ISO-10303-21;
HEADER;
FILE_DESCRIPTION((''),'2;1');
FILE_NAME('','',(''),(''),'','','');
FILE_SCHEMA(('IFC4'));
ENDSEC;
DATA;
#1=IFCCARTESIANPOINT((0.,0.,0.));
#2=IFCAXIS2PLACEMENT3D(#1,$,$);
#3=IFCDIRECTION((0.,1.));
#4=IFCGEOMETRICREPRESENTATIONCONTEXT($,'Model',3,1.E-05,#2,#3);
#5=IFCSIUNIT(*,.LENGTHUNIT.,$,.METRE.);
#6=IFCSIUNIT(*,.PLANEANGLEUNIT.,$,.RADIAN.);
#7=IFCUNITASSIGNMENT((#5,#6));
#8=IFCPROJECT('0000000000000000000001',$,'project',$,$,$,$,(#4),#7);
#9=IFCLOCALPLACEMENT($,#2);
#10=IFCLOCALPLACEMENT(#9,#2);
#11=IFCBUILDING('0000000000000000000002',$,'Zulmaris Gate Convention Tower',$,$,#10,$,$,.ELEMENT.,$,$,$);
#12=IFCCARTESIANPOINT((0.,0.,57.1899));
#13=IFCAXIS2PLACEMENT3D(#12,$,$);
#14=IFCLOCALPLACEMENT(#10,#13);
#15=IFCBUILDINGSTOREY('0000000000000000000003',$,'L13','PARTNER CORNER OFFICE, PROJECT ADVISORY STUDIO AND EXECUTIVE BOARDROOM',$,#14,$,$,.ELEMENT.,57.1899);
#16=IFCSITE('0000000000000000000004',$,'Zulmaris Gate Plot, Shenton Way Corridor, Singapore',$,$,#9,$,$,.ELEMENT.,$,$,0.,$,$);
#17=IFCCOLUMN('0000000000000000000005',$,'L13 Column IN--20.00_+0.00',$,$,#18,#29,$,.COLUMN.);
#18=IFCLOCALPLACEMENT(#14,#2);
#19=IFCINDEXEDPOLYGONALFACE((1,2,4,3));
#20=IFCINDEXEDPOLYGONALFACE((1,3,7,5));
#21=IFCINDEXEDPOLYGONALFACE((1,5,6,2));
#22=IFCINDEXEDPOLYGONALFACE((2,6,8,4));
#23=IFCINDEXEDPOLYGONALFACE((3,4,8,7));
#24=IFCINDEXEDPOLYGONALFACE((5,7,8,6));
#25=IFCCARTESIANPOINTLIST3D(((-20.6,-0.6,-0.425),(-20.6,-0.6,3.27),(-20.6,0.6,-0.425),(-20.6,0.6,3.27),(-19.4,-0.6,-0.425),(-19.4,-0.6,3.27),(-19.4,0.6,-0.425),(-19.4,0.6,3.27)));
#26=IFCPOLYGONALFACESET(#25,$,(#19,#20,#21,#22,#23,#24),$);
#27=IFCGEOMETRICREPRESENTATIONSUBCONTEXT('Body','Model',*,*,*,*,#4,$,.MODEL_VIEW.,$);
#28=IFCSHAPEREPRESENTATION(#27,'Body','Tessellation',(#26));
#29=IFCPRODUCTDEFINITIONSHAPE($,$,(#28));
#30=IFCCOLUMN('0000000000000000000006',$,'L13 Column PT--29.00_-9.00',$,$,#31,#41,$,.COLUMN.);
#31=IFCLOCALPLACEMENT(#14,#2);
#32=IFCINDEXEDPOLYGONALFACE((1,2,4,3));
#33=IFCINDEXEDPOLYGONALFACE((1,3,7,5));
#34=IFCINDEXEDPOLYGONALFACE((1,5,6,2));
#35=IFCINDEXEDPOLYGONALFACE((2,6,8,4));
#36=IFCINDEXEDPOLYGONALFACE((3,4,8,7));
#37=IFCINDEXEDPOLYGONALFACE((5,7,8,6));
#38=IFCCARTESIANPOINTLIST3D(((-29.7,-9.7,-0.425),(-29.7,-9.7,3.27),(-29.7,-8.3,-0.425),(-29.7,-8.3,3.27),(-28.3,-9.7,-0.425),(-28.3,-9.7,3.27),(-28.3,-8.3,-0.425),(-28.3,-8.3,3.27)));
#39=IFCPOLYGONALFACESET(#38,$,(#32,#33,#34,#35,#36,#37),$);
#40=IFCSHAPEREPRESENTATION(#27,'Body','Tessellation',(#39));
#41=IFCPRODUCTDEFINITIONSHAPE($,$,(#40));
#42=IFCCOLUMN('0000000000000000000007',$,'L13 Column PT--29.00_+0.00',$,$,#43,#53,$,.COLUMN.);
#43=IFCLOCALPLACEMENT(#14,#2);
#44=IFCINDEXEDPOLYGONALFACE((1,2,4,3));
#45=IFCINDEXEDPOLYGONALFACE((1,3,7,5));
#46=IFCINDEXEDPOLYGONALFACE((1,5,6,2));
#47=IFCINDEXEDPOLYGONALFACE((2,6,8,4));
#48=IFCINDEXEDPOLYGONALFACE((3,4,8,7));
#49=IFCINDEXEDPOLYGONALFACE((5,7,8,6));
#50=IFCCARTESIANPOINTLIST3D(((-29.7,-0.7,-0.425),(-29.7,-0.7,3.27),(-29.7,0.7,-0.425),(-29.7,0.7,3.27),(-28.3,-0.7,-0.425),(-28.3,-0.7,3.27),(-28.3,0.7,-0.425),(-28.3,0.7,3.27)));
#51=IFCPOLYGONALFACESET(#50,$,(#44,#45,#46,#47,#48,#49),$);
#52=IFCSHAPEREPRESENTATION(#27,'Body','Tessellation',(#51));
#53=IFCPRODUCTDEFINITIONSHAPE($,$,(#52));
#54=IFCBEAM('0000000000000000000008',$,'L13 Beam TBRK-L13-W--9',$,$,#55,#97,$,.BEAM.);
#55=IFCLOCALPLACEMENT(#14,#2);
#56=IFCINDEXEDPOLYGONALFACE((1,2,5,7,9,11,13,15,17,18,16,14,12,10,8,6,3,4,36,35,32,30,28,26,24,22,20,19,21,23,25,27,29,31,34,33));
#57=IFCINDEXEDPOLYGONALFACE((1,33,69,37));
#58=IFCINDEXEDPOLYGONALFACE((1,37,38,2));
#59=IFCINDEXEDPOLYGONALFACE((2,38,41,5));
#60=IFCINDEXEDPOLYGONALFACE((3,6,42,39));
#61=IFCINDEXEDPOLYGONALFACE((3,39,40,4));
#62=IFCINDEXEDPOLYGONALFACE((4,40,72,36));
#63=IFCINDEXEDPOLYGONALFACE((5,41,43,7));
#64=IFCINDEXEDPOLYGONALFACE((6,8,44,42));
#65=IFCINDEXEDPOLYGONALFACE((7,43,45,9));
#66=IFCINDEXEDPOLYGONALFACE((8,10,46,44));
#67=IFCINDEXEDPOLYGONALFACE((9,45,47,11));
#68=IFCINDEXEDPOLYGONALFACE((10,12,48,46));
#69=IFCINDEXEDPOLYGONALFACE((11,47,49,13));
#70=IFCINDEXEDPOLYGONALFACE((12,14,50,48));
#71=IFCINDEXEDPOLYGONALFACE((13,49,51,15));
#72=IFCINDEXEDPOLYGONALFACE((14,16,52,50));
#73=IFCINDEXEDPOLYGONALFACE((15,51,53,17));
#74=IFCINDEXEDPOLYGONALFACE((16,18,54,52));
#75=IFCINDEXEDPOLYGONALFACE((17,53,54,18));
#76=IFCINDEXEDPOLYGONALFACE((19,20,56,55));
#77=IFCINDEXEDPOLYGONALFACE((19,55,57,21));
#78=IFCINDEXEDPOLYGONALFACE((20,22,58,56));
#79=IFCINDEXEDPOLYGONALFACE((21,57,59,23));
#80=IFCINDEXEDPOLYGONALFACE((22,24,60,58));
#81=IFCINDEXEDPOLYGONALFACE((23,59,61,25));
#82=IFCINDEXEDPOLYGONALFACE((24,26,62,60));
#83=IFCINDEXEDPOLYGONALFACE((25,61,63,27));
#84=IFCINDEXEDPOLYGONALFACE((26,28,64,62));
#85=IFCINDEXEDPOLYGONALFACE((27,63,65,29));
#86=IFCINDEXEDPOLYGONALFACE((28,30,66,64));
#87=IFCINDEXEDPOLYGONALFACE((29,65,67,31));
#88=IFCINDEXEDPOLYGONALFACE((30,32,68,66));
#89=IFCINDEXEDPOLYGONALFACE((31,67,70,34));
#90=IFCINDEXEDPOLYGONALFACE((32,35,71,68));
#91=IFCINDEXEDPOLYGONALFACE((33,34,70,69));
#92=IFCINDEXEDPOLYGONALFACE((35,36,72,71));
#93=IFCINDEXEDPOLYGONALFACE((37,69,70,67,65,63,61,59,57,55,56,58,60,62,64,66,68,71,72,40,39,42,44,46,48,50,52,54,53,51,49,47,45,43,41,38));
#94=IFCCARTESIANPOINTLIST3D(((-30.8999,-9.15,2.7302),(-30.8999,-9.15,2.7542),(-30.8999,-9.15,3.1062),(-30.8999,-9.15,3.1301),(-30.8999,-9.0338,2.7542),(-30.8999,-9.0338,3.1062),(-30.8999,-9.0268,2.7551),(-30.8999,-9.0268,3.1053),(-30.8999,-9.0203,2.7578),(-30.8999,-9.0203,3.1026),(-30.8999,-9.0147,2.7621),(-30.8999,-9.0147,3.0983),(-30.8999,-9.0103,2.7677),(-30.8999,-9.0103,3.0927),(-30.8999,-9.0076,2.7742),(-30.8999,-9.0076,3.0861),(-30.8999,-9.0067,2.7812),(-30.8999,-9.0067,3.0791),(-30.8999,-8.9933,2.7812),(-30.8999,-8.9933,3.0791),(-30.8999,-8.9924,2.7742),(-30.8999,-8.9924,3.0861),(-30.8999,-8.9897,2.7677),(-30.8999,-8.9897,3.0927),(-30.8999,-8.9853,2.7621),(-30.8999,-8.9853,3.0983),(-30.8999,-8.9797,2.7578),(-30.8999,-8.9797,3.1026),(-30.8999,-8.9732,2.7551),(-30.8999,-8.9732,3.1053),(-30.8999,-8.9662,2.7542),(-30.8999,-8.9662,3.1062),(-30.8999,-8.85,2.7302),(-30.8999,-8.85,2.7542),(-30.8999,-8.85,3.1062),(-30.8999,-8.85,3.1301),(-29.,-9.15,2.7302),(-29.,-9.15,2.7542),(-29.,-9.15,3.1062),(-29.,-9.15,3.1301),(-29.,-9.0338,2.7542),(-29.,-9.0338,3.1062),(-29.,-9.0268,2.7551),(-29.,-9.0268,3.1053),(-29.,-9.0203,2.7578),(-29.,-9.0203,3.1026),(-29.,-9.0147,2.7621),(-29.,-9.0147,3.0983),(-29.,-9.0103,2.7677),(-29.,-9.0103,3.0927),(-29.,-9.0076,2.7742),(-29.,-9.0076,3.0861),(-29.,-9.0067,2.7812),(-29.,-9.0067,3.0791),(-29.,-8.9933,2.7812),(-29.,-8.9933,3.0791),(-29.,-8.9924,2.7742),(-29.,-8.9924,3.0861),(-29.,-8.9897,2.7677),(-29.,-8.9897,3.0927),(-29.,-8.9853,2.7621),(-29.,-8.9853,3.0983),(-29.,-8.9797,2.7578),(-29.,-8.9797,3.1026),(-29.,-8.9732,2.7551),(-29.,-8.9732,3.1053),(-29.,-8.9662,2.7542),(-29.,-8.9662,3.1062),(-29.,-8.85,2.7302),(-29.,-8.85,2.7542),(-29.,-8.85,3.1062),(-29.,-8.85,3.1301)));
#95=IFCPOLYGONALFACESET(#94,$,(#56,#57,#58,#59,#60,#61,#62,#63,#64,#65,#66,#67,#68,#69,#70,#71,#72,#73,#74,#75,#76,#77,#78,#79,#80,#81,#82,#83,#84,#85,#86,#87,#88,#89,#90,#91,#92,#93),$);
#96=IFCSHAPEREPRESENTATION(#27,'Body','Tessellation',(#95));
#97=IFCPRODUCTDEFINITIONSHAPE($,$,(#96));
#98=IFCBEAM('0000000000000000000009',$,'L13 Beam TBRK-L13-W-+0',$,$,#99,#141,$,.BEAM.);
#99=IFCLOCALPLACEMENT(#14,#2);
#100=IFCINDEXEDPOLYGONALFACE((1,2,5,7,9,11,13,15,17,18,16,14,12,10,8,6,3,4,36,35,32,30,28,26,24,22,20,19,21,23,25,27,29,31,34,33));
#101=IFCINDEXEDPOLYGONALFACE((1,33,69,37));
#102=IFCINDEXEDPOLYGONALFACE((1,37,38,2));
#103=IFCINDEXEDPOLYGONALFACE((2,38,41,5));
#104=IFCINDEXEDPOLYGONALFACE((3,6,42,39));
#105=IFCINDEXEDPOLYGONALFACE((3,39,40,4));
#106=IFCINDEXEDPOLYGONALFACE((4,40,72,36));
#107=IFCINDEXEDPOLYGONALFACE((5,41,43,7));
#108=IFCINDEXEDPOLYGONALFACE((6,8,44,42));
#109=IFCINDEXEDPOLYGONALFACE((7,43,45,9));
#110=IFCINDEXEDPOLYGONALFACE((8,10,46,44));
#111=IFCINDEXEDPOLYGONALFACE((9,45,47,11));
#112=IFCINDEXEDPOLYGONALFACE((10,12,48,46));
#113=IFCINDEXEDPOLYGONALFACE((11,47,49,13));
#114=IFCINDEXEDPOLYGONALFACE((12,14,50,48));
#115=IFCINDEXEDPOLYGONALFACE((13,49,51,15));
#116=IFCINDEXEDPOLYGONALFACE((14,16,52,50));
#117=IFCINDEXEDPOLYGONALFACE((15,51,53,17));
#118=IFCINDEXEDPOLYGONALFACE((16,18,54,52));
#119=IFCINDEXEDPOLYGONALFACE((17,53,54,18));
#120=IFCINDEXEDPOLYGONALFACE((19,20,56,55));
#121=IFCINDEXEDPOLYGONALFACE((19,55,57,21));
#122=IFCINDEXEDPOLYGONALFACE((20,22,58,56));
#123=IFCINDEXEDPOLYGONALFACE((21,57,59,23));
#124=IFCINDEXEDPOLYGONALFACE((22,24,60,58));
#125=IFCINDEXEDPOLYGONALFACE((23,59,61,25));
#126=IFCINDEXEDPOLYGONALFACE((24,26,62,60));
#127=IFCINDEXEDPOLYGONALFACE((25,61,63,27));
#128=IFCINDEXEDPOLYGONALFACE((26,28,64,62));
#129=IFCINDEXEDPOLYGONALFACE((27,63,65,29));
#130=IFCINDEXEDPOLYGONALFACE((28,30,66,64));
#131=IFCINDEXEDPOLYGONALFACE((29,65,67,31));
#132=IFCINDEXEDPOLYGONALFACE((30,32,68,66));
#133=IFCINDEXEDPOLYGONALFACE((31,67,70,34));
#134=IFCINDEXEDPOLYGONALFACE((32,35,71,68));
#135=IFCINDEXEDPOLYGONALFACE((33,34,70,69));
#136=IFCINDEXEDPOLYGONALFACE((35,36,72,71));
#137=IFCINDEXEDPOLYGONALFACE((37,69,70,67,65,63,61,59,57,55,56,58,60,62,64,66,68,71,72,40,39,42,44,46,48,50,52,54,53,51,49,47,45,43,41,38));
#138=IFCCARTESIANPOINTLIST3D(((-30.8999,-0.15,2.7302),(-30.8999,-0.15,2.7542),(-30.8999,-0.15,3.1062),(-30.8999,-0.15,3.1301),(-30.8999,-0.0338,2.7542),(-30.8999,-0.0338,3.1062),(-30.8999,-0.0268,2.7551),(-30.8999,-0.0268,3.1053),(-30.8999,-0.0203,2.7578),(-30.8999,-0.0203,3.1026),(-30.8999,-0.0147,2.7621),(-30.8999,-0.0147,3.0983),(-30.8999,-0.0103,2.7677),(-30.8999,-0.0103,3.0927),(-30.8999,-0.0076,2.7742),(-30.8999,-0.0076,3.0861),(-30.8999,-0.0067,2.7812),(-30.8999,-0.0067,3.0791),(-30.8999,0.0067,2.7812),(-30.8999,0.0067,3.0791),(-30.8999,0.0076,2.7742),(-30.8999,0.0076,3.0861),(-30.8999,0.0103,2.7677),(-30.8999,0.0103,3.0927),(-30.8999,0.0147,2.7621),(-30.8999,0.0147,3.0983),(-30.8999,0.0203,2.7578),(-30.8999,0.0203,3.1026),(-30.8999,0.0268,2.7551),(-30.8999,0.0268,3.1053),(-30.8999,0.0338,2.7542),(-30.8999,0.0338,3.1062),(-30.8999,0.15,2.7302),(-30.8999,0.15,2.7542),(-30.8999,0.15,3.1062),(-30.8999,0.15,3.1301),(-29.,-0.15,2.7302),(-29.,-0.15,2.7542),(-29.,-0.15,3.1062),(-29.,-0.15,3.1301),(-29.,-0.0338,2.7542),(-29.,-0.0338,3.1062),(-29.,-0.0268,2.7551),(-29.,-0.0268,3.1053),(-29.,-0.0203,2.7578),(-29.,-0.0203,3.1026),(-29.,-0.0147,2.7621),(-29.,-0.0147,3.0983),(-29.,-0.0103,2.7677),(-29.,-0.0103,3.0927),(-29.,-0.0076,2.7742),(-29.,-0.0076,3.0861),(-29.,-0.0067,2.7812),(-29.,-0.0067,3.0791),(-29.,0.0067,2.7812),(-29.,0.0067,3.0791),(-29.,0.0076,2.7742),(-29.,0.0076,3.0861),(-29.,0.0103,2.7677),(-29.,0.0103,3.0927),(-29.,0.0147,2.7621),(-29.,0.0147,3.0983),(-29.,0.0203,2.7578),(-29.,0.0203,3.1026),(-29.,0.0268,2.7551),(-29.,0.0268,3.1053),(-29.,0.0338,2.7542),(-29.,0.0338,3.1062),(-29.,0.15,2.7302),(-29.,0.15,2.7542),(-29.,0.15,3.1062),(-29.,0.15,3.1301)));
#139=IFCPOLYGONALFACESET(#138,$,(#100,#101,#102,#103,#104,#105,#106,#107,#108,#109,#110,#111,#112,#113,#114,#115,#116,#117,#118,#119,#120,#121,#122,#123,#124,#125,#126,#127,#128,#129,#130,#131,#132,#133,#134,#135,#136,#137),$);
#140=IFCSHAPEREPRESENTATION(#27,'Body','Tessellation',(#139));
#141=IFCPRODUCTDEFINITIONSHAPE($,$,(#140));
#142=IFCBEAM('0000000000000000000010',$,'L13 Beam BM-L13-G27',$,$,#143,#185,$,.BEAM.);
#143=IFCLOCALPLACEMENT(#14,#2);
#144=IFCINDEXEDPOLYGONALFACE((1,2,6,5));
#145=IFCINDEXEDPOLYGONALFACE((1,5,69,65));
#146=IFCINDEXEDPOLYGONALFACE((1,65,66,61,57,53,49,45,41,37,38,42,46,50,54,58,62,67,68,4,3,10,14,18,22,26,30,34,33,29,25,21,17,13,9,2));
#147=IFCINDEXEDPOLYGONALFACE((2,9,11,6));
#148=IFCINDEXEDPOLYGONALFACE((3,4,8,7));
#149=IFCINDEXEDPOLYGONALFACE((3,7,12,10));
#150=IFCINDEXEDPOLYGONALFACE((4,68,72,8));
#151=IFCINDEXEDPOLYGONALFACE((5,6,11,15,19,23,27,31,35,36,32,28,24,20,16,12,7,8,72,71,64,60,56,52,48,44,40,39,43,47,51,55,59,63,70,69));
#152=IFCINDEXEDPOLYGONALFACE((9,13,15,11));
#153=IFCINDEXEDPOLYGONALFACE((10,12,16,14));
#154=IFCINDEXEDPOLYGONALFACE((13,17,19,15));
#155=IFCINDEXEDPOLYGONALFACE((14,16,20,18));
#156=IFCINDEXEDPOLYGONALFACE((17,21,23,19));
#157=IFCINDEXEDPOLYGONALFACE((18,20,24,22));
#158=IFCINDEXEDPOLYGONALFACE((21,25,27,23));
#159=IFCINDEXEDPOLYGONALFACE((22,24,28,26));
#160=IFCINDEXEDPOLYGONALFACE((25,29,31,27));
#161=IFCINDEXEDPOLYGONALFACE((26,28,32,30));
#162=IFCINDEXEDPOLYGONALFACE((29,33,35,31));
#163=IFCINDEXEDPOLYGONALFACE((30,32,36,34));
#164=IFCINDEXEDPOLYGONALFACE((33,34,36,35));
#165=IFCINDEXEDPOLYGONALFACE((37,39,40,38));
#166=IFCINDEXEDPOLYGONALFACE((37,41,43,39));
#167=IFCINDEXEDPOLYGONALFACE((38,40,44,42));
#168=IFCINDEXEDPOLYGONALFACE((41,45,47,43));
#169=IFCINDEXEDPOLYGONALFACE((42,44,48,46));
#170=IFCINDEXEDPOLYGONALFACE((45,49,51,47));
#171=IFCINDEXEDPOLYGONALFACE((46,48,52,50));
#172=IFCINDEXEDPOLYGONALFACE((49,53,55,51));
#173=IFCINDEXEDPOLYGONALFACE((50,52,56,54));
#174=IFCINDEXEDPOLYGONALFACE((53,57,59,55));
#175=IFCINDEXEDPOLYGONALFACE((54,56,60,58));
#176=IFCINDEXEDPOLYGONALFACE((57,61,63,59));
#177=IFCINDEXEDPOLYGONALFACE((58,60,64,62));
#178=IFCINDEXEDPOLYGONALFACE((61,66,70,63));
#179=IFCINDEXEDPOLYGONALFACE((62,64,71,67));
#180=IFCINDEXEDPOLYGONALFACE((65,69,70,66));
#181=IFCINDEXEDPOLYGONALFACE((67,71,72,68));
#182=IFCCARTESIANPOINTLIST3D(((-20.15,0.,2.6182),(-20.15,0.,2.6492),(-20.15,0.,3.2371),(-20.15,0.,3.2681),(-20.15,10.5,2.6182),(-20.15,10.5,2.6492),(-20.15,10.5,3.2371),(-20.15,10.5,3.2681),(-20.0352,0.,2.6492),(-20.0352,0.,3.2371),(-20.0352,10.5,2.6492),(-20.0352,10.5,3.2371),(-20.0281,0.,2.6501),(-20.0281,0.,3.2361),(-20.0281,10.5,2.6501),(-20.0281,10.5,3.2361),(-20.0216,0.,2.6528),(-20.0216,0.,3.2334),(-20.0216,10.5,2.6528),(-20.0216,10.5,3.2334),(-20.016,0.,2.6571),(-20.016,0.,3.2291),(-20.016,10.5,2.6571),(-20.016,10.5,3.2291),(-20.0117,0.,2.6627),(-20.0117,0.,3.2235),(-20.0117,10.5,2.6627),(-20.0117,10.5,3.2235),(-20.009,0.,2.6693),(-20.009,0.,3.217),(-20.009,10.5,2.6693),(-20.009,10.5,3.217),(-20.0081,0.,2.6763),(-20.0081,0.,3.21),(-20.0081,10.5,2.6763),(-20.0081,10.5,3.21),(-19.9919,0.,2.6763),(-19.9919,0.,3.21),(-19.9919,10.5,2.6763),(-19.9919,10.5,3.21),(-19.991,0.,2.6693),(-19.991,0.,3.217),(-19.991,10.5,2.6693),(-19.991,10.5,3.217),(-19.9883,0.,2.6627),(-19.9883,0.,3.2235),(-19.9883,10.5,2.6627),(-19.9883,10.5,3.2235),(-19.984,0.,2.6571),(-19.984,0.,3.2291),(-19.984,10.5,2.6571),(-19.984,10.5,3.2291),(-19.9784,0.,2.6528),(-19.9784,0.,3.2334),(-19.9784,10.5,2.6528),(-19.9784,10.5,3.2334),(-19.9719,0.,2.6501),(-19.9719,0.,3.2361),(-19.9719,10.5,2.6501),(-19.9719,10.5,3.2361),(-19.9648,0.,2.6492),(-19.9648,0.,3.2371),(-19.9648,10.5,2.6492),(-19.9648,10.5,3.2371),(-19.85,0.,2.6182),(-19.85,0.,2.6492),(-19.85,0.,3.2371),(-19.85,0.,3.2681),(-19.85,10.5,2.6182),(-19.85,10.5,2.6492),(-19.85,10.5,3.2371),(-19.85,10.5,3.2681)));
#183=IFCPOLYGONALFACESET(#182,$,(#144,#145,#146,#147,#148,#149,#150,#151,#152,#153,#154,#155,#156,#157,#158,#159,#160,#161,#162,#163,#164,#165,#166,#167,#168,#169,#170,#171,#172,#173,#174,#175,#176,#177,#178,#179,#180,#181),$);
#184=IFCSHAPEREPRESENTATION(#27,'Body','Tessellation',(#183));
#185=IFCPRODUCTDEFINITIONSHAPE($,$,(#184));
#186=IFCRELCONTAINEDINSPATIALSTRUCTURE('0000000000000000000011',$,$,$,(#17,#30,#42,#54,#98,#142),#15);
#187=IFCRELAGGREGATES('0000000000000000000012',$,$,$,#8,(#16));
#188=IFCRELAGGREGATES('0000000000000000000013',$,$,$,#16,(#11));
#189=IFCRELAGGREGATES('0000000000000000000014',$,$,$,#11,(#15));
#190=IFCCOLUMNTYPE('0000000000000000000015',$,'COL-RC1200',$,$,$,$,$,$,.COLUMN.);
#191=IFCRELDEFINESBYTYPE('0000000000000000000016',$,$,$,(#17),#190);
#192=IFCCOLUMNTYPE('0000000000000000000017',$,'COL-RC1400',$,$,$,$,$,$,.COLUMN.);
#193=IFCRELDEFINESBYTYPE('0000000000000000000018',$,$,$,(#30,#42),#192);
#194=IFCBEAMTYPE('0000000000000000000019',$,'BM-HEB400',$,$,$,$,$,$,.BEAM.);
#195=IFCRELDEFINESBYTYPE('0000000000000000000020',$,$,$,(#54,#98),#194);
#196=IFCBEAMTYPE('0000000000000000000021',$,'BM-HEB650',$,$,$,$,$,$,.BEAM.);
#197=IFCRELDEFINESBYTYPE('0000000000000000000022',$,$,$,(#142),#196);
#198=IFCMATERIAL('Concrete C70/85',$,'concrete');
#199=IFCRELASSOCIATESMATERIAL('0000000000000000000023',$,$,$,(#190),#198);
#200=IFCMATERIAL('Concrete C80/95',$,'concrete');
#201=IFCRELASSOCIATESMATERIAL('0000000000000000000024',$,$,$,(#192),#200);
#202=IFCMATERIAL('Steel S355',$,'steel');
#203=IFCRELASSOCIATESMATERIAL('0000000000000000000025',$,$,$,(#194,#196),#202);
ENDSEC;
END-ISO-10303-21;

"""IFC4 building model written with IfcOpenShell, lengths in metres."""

from ifc_helpers import new_model, si_unit, direction, frame, origin, origin_2d, place, context, subcontext, project, spatial, rectangle, i_section, extrude, material, material_profile, profile_set, type_object, element, save


model = new_model("IFC4")

# Units and contexts
model_context = context("Model", 3, precision=1e-05, world=origin(), true_north=direction((0.0, 1.0)))
body_context = subcontext(model_context, "Body", "Model", "MODEL_VIEW")
ifc_project = project(units=[si_unit("LENGTHUNIT", "METRE"), si_unit("PLANEANGLEUNIT", "RADIAN")], contexts=[model_context])

# Site, building, storey
site_placement = place(None, origin())
site = spatial("IfcSite", under=ifc_project, at=site_placement, Name="Zulmaris Gate Plot, Shenton Way Corridor, Singapore", CompositionType="ELEMENT", RefElevation=0.0)
building_placement = place(site_placement, origin())
building = spatial("IfcBuilding", under=site, at=building_placement, Name="Zulmaris Gate Convention Tower", CompositionType="ELEMENT")
storey_placement = place(building_placement, frame((0.0, 0.0, 57.1899)))
storey = spatial("IfcBuildingStorey", under=building, at=storey_placement, Name="L13", Description="PARTNER CORNER OFFICE, PROJECT ADVISORY STUDIO AND EXECUTIVE BOARDROOM", CompositionType="ELEMENT", Elevation=57.1899)

# Columns
ifc_material_1 = material(Name="Concrete C70/85", Category="concrete")
ifc_material_profile_1 = material_profile(ifc_material_1, rectangle(XDim=1.2, YDim=1.2, at=origin_2d()), Name="RC COL 1200x1200")
ifc_profile_set_1 = profile_set([ifc_material_profile_1], Name="Concrete C70/85")
column_type_1 = type_object("IfcColumnType", Name="COL-RC1200", PredefinedType="COLUMN", material=ifc_profile_set_1)
column_placement = place(storey_placement, frame((-20.0, 0.0, -0.425), z_axis=(0.0, 0.0, 1.0), x_axis=(1.0, 0.0, 0.0)))
element("IfcColumn", 1, at=column_placement, inside=storey, type_object=column_type_1, Name="L13 Column IN--20.00_+0.00", PredefinedType="COLUMN", context=body_context, shape_type="SweptSolid", body=[
    extrude(rectangle(XDim=1.2, YDim=1.2, at=origin_2d()), origin(), (0.0, 0.0, 1.0), 3.6951),
])
ifc_material_2 = material(Name="Concrete C80/95", Category="concrete")
ifc_material_profile_2 = material_profile(ifc_material_2, rectangle(XDim=1.3999, YDim=1.3999, at=origin_2d()), Name="RC COL 1400x1400")
ifc_profile_set_2 = profile_set([ifc_material_profile_2], Name="Concrete C80/95")
column_type_2 = type_object("IfcColumnType", Name="COL-RC1400", PredefinedType="COLUMN", material=ifc_profile_set_2)
for number, where, z_axis, x_axis, name in (
    (2, (-29.0, -9.0, -0.425), (0.0, 0.0, 1.0), (1.0, 0.0, 0.0), "L13 Column PT--29.00_-9.00"),
    (3, (-29.0, 0.0, -0.425), (0.0, 0.0, 1.0), (1.0, 0.0, 0.0), "L13 Column PT--29.00_+0.00"),
):
    element("IfcColumn", number, at=place(storey_placement, frame(where, z_axis=z_axis, x_axis=x_axis)), inside=storey, type_object=column_type_2, Name=name, PredefinedType="COLUMN", context=body_context, shape_type="SweptSolid", body=[
        extrude(rectangle(XDim=1.3999, YDim=1.3999, at=origin_2d()), origin(), (0.0, 0.0, 1.0), 3.6951),
    ])

# Beams
ifc_material_3 = material(Name="Steel S355", Category="steel")
ifc_material_profile_3 = material_profile(ifc_material_3, i_section(OverallWidth=0.3, OverallDepth=0.3999, WebThickness=0.0134, FlangeThickness=0.0239, FilletRadius=0.0271, at=origin_2d()), Name="HEB 400")
ifc_profile_set_3 = profile_set([ifc_material_profile_3], Name="Steel S355")
beam_type_1 = type_object("IfcBeamType", Name="BM-HEB400", PredefinedType="BEAM", material=ifc_profile_set_3)
for number, where, z_axis, x_axis, name in (
    (4, (-30.8999, -9.0, 2.9302), (1.0, 0.0, 0.0), (0.0, 1.0, 0.0), "L13 Beam TBRK-L13-W--9"),
    (5, (-30.8999, 0.0, 2.9302), (1.0, 0.0, 0.0), (0.0, 1.0, 0.0), "L13 Beam TBRK-L13-W-+0"),
):
    element("IfcBeam", number, at=place(storey_placement, frame(where, z_axis=z_axis, x_axis=x_axis)), inside=storey, type_object=beam_type_1, Name=name, PredefinedType="BEAM", context=body_context, shape_type="SweptSolid", body=[
        extrude(i_section(OverallWidth=0.3, OverallDepth=0.3999, WebThickness=0.0134, FlangeThickness=0.0239, FilletRadius=0.0271, at=origin_2d()), origin(), (0.0, 0.0, 1.0), 1.8999),
    ])
ifc_material_profile_4 = material_profile(ifc_material_3, i_section(OverallWidth=0.3, OverallDepth=0.6499, WebThickness=0.0161, FlangeThickness=0.031, FilletRadius=0.0271, at=origin_2d()), Name="HEB 650")
ifc_profile_set_4 = profile_set([ifc_material_profile_4], Name="Steel S355")
beam_type_2 = type_object("IfcBeamType", Name="BM-HEB650", PredefinedType="BEAM", material=ifc_profile_set_4)
beam_1_placement = place(storey_placement, frame((-20.0, 0.0, 2.9431), z_axis=(0.0, 1.0, 0.0), x_axis=(-1.0, 0.0, 0.0)))
element("IfcBeam", 6, at=beam_1_placement, inside=storey, type_object=beam_type_2, Name="L13 Beam BM-L13-G27", PredefinedType="BEAM", context=body_context, shape_type="SweptSolid", body=[
    extrude(i_section(OverallWidth=0.3, OverallDepth=0.6499, WebThickness=0.0161, FlangeThickness=0.031, FilletRadius=0.0271, at=origin_2d()), origin(), (0.0, 0.0, 1.0), 10.5),
])

save(model, "model.ifc")
